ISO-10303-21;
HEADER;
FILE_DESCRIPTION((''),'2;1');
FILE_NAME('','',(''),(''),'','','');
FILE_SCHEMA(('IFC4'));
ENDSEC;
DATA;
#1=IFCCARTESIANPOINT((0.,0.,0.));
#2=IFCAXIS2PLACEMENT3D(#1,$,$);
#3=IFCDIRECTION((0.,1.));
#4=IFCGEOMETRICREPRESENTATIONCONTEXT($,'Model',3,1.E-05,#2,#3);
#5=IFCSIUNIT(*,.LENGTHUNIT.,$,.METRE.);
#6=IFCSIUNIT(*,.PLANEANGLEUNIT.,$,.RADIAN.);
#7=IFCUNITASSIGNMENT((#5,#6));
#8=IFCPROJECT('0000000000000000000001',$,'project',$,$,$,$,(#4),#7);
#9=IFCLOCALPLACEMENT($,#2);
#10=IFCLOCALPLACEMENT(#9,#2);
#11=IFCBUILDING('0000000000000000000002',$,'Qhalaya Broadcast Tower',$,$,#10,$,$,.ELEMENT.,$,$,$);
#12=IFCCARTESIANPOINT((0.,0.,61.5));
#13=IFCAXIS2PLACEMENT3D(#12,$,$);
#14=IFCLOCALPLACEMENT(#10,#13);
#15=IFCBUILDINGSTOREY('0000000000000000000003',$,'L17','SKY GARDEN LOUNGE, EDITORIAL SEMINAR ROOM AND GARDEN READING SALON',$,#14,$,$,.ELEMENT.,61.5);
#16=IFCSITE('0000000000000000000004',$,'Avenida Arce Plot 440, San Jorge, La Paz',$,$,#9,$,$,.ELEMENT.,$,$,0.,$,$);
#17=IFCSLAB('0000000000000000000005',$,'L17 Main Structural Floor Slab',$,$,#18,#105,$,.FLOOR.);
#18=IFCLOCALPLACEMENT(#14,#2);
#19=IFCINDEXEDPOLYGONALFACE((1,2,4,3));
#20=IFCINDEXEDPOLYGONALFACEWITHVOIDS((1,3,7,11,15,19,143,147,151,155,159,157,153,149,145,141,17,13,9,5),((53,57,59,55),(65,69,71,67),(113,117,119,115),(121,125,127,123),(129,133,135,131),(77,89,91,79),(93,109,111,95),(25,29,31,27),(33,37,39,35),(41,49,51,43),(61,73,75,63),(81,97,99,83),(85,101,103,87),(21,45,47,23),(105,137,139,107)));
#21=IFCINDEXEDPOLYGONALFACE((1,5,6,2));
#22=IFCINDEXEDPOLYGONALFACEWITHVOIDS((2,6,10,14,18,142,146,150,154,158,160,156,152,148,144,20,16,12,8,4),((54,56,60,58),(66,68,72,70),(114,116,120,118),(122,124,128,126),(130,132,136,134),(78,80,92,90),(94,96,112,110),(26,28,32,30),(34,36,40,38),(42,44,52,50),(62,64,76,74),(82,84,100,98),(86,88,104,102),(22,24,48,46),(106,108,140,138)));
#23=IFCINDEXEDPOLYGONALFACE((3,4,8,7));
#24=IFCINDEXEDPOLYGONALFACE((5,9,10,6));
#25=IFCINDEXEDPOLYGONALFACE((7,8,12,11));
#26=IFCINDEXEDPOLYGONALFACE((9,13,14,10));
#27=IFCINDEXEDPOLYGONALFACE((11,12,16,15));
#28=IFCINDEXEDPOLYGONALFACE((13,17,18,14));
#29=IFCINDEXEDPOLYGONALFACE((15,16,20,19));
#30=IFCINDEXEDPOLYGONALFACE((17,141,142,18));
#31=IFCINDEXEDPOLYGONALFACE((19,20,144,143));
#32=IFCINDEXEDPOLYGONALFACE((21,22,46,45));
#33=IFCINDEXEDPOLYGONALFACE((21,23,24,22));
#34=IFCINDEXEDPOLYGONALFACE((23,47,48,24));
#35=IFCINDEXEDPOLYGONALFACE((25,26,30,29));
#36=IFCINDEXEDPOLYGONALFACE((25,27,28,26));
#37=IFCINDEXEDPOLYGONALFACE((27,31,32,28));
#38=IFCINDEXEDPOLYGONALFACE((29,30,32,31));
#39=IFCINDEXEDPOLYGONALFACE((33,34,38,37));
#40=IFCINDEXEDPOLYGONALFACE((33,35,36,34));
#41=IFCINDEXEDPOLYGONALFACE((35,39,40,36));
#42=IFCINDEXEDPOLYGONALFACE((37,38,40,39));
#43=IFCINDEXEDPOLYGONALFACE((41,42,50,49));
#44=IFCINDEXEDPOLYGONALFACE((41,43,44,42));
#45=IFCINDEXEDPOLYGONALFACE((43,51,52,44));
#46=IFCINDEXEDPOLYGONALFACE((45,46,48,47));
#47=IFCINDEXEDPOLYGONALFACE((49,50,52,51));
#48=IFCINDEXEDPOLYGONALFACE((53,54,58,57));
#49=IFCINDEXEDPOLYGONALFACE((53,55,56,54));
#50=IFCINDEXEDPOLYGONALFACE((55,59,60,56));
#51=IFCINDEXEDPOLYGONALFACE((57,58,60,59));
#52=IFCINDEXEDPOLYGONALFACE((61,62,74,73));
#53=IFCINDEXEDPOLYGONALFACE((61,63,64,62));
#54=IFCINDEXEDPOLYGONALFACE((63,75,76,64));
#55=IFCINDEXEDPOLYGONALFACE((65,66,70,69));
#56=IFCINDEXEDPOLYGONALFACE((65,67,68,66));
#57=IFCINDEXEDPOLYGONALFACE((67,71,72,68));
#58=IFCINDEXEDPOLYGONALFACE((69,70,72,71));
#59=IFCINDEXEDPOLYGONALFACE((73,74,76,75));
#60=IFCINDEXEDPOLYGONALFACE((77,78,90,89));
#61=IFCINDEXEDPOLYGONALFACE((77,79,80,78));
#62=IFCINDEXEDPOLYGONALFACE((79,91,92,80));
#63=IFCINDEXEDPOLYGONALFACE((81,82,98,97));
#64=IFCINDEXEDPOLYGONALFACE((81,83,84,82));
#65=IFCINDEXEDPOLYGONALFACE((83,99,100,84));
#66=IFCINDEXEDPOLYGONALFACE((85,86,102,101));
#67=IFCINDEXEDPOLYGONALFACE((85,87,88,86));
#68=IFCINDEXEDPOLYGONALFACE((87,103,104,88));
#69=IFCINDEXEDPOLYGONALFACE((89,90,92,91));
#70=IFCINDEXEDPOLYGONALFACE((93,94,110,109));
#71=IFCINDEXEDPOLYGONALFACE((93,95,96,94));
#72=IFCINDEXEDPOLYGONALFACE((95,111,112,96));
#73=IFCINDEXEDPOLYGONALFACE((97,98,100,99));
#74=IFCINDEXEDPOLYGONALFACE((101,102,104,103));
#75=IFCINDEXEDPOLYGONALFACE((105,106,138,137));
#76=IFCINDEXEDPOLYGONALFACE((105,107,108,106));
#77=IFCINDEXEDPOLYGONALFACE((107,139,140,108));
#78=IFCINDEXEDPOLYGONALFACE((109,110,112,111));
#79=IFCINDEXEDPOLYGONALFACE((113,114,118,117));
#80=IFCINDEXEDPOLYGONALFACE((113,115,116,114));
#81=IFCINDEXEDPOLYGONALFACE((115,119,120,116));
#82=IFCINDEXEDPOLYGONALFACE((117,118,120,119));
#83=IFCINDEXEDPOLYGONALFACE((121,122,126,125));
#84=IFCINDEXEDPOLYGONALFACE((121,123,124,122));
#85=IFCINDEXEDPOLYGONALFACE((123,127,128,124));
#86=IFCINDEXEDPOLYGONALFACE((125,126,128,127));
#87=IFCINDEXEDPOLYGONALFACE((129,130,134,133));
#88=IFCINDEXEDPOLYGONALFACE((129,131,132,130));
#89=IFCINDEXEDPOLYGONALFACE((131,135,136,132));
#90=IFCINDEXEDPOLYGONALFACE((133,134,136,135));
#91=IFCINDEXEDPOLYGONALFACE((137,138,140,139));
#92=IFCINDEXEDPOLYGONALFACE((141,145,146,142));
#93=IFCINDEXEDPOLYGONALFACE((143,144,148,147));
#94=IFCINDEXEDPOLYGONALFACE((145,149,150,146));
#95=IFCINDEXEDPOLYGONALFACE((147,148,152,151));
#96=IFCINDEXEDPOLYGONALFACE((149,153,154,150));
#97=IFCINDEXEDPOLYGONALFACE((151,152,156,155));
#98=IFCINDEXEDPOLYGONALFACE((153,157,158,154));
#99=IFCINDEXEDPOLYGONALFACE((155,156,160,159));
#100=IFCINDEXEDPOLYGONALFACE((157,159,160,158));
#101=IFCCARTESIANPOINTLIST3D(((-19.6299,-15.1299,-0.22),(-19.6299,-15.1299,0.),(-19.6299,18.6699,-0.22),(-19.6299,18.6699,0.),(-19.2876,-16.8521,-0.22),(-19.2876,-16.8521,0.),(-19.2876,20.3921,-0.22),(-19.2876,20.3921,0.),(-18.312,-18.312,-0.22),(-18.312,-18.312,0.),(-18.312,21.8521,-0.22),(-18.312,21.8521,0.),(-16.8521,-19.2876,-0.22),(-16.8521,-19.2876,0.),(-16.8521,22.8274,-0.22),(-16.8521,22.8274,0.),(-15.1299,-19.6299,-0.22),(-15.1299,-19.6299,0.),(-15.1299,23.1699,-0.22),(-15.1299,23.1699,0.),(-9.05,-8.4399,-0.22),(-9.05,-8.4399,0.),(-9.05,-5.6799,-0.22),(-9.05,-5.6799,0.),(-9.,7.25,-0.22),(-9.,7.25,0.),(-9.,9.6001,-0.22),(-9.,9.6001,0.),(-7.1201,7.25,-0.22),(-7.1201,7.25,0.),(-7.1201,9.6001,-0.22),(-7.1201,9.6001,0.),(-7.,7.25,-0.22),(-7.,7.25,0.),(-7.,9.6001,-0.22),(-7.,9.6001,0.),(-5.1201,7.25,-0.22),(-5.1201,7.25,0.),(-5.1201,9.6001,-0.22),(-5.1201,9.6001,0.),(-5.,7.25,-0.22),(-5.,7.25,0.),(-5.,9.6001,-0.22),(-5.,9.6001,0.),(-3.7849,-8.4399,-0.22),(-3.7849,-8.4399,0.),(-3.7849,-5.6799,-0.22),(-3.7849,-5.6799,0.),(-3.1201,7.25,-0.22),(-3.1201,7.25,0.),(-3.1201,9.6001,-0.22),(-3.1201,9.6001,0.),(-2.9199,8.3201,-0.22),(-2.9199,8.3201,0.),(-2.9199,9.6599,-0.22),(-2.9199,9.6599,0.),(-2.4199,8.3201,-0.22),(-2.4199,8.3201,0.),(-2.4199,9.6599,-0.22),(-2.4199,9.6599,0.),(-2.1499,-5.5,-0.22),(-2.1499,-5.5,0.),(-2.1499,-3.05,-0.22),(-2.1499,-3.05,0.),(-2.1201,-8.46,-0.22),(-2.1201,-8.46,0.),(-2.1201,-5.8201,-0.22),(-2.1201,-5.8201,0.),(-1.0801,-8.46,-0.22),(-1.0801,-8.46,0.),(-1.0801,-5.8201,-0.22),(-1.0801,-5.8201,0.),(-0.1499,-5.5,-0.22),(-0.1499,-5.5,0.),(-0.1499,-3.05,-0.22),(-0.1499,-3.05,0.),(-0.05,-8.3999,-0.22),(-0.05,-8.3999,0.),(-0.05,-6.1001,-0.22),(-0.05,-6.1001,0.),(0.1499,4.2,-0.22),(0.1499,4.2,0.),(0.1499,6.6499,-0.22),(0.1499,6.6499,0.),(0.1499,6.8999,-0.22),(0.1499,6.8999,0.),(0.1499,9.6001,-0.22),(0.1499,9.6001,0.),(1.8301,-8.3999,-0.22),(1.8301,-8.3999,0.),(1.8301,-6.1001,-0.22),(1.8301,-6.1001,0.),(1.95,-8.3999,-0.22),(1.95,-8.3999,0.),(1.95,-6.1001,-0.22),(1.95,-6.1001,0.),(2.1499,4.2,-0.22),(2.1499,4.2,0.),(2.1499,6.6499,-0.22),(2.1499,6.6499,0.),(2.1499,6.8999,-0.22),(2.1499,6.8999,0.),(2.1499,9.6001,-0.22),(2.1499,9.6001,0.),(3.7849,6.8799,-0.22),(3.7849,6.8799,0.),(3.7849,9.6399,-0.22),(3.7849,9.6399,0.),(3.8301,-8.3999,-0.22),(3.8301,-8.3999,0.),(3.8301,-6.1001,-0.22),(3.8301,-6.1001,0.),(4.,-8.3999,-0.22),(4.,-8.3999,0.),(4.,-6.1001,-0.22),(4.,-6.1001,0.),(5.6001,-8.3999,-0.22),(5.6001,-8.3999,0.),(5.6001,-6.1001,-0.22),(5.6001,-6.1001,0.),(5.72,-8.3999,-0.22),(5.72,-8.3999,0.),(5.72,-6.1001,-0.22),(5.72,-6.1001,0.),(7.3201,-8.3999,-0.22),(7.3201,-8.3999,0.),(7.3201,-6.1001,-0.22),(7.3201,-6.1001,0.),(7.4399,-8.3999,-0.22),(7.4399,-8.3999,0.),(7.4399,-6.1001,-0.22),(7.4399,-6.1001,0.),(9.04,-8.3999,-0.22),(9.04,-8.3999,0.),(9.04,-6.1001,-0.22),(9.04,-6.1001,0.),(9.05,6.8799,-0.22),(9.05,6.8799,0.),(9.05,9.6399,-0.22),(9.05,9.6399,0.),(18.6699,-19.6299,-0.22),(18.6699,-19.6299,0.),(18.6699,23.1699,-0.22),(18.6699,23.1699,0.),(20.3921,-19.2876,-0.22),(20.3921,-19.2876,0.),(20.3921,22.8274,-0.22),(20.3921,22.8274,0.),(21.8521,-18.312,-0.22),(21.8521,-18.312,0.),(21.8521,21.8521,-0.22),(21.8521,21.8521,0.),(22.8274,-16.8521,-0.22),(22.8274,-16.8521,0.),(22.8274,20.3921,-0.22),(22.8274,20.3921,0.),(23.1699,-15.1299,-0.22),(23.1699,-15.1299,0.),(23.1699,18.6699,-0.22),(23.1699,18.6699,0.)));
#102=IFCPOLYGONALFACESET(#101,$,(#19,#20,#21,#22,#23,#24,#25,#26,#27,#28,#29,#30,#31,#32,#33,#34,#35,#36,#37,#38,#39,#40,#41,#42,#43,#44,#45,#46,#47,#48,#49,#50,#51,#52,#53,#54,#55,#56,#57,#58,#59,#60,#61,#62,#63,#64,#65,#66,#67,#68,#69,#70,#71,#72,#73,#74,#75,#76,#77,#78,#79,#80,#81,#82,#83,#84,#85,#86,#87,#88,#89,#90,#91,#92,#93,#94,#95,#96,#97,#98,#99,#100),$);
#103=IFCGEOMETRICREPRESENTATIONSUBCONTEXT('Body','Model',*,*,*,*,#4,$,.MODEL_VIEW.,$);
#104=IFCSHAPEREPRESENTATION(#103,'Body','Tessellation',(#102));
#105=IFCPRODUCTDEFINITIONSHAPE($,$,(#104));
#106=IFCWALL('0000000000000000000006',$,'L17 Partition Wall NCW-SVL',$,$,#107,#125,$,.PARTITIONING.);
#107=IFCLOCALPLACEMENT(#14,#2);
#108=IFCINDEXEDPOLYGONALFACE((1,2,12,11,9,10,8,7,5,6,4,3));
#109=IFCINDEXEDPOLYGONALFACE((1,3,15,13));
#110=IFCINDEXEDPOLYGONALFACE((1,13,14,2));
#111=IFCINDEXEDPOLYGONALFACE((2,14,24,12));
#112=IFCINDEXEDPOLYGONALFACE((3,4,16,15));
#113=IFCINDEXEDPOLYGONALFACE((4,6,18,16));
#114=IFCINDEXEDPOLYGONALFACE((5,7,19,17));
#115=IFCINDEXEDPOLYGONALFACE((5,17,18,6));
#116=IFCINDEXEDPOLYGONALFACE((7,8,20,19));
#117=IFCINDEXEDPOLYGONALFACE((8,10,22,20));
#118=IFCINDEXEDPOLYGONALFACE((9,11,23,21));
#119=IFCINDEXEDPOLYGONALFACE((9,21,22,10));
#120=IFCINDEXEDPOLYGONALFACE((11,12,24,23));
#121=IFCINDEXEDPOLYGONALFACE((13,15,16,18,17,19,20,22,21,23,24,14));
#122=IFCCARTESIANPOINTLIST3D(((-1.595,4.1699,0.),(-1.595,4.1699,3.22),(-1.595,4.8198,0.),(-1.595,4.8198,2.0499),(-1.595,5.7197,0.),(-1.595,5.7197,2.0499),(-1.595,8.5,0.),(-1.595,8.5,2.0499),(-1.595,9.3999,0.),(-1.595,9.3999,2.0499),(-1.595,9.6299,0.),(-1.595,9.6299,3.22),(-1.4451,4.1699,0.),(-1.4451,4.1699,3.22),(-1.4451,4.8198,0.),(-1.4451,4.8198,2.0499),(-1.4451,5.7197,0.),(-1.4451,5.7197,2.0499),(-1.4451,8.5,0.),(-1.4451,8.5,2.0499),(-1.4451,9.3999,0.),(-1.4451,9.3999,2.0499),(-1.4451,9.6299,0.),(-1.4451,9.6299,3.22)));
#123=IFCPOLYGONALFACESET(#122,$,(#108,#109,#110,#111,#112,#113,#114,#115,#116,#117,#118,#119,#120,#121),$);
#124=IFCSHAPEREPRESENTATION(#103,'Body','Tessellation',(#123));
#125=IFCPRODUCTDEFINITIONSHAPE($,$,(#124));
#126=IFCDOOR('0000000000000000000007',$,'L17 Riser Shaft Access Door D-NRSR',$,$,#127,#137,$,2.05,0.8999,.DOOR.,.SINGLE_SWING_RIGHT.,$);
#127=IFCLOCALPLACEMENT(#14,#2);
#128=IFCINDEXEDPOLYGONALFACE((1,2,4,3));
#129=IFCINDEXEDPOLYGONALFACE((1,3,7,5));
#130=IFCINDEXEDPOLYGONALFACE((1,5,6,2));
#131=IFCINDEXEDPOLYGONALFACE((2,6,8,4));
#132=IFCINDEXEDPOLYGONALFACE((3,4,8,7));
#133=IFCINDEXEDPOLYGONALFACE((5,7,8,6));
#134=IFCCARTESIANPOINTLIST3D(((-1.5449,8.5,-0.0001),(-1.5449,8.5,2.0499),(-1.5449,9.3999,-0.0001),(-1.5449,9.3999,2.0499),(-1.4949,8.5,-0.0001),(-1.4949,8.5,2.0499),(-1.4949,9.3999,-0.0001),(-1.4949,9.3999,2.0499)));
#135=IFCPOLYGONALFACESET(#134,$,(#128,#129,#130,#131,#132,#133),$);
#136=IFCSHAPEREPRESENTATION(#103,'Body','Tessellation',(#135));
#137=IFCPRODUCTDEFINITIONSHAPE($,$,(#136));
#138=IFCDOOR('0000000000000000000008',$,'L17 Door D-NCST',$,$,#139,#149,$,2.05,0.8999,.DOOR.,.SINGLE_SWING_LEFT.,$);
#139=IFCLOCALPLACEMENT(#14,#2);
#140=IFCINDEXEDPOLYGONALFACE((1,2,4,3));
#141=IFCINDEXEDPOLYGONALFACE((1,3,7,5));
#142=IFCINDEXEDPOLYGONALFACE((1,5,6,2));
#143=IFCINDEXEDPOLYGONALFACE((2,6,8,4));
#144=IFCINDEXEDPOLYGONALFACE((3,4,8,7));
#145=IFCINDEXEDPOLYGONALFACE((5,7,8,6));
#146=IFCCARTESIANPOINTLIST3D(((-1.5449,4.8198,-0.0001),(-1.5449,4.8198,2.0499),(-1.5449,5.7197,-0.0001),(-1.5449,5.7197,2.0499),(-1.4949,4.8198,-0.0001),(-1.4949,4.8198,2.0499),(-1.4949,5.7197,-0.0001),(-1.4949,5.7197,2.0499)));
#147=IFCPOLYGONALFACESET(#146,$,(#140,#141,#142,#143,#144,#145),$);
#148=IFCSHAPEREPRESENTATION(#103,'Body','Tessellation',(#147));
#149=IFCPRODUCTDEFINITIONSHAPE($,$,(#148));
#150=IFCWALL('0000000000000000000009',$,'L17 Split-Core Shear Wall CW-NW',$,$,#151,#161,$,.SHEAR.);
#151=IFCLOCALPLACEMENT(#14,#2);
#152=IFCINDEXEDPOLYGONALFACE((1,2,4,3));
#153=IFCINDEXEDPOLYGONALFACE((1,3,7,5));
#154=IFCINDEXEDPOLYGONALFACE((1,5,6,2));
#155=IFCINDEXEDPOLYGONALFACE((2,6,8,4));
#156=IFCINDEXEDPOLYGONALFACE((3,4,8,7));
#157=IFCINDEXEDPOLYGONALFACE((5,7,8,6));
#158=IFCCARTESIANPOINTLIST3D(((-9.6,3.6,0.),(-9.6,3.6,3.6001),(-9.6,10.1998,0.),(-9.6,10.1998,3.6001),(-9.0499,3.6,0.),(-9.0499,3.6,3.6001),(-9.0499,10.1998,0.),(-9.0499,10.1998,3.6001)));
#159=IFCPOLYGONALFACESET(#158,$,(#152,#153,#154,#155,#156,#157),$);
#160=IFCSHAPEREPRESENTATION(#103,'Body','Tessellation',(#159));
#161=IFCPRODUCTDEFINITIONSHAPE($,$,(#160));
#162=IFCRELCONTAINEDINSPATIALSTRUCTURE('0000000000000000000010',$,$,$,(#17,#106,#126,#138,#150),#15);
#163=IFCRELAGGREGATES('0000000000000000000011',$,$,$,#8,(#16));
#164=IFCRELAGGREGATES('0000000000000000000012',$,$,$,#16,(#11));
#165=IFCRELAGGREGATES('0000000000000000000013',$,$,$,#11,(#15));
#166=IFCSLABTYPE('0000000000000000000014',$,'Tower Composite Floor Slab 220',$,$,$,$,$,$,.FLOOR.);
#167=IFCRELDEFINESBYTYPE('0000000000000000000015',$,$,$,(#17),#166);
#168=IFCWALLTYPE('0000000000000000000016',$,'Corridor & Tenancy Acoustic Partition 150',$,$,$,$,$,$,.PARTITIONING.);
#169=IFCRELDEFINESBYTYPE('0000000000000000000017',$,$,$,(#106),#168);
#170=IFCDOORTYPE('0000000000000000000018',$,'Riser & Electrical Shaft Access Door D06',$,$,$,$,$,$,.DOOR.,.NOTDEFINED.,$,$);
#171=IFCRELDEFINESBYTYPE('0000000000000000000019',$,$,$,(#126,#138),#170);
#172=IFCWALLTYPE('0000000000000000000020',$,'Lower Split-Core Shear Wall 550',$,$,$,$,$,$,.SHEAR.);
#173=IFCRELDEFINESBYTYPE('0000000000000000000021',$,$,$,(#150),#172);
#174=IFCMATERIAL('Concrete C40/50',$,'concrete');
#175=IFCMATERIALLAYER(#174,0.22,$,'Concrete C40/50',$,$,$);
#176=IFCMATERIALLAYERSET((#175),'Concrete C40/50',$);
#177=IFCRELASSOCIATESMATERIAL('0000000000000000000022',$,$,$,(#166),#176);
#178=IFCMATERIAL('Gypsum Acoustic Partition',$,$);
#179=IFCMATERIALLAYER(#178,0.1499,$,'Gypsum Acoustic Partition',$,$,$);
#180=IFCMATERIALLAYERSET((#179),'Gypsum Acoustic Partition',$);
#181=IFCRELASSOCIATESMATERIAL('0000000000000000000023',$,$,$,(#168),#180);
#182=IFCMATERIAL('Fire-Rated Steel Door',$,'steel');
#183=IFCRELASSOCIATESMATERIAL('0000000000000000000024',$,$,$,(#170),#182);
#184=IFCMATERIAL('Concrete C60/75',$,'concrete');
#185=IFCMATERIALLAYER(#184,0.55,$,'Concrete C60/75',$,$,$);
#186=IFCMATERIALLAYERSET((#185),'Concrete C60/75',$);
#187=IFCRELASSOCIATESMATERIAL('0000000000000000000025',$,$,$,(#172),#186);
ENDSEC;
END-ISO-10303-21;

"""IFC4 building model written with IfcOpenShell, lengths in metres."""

from ifc_helpers import new_model, si_unit, direction, frame, frame_2d, origin, place, context, subcontext, project, spatial, polyline, rectangle, outline, extrude, material, layer, layer_set, type_object, element, fill, save


model = new_model("IFC4")

# Units and contexts
model_context = context("Model", 3, precision=1e-05, world=origin(), true_north=direction((0.0, 1.0)))
body_context = subcontext(model_context, "Body", "Model", "MODEL_VIEW")
ifc_project = project(units=[si_unit("LENGTHUNIT", "METRE"), si_unit("PLANEANGLEUNIT", "RADIAN")], contexts=[model_context])

# Site, building, storey
site_placement = place(None, origin())
site = spatial("IfcSite", under=ifc_project, at=site_placement, Name="Avenida Arce Plot 440, San Jorge, La Paz", CompositionType="ELEMENT", RefElevation=0.0)
building_placement = place(site_placement, origin())
building = spatial("IfcBuilding", under=site, at=building_placement, Name="Qhalaya Broadcast Tower", CompositionType="ELEMENT")
storey_placement = place(building_placement, frame((0.0, 0.0, 61.5)))
storey = spatial("IfcBuildingStorey", under=building, at=storey_placement, Name="L17", Description="SKY GARDEN LOUNGE, EDITORIAL SEMINAR ROOM AND GARDEN READING SALON", CompositionType="ELEMENT", Elevation=61.5)

# Shared definitions
ifc_material_1 = material(Name="Concrete C40/50", Category="concrete")

# Slab
ifc_layer_1 = layer(ifc_material_1, 0.22, Name="Concrete C40/50")
ifc_layer_set_1 = layer_set([ifc_layer_1], Name="Concrete C40/50")
slab_type_1 = type_object("IfcSlabType", Name="Tower Composite Floor Slab 220", PredefinedType="FLOOR", material=ifc_layer_set_1)
slab_1_placement = place(storey_placement, frame((0.0, 0.0, -0.22)))
element("IfcSlab", 1, at=slab_1_placement, inside=storey, type_object=slab_type_1, Name="L17 Main Structural Floor Slab", PredefinedType="FLOOR", context=body_context, shape_type="SweptSolid", body=[
    extrude(outline(polyline([(18.6699, -19.6299), (20.3921, -19.2876), (21.8521, -18.312), (22.8274, -16.8521), (23.1699, -15.1299), (23.1699, 18.6699), (22.8274, 20.3921), (21.8521, 21.8521), (20.3921, 22.8274), (18.6699, 23.1699), (-15.1299, 23.1699), (-16.8521, 22.8274), (-18.312, 21.8521), (-19.2876, 20.3921), (-19.6299, 18.6699), (-19.6299, -15.1299), (-19.2876, -16.8521), (-18.312, -18.312), (-16.8521, -19.2876), (-15.1299, -19.6299), (18.6699, -19.6299)]), holes=[polyline([(3.7849, 9.6399), (9.05, 9.6399), (9.05, 6.8799), (3.7849, 6.8799), (3.7849, 9.6399)]), polyline([(-3.7849, -8.4399), (-9.05, -8.4399), (-9.05, -5.6799), (-3.7849, -5.6799), (-3.7849, -8.4399)]), polyline([(0.1499, 6.6499), (2.1499, 6.6499), (2.1499, 4.2), (0.1499, 4.2), (0.1499, 6.6499)]), polyline([(0.1499, 9.6001), (2.1499, 9.6001), (2.1499, 6.8999), (0.1499, 6.8999), (0.1499, 9.6001)]), polyline([(-2.1499, -3.05), (-0.1499, -3.05), (-0.1499, -5.5), (-2.1499, -5.5), (-2.1499, -3.05)]), polyline([(-9.0, 9.6001), (-7.1201, 9.6001), (-7.1201, 7.25), (-9.0, 7.25), (-9.0, 9.6001)]), polyline([(-7.0, 9.6001), (-5.1201, 9.6001), (-5.1201, 7.25), (-7.0, 7.25), (-7.0, 9.6001)]), polyline([(-5.0, 9.6001), (-3.1201, 9.6001), (-3.1201, 7.25), (-5.0, 7.25), (-5.0, 9.6001)]), polyline([(-0.05, -6.1001), (1.8301, -6.1001), (1.8301, -8.3999), (-0.05, -8.3999), (-0.05, -6.1001)]), polyline([(1.95, -6.1001), (3.8301, -6.1001), (3.8301, -8.3999), (1.95, -8.3999), (1.95, -6.1001)]), polyline([(4.0, -6.1001), (5.6001, -6.1001), (5.6001, -8.3999), (4.0, -8.3999), (4.0, -6.1001)]), polyline([(5.72, -6.1001), (7.3201, -6.1001), (7.3201, -8.3999), (5.72, -8.3999), (5.72, -6.1001)]), polyline([(7.4399, -6.1001), (9.04, -6.1001), (9.04, -8.3999), (7.4399, -8.3999), (7.4399, -6.1001)]), polyline([(-2.9199, 9.6599), (-2.4199, 9.6599), (-2.4199, 8.3201), (-2.9199, 8.3201), (-2.9199, 9.6599)]), polyline([(-2.1201, -5.8201), (-1.0801, -5.8201), (-1.0801, -8.46), (-2.1201, -8.46), (-2.1201, -5.8201)])]), origin(), (0.0, 0.0, 1.0), 0.22),
])

# Wall, openings, doors
ifc_material_2 = material(Name="Gypsum Acoustic Partition")
ifc_layer_2 = layer(ifc_material_2, 0.1499, Name="Gypsum Acoustic Partition")
ifc_layer_set_2 = layer_set([ifc_layer_2], Name="Gypsum Acoustic Partition")
wall_type_1 = type_object("IfcWallType", Name="Corridor & Tenancy Acoustic Partition 150", PredefinedType="PARTITIONING", material=ifc_layer_set_2)
wall_1_placement = place(storey_placement, frame((-1.52, 4.1699, 0.0), z_axis=(0.0, 0.0, 1.0), x_axis=(0.0, 1.0, 0.0)))
wall_1 = element("IfcWall", 2, at=wall_1_placement, inside=storey, type_object=wall_type_1, Name="L17 Partition Wall NCW-SVL", PredefinedType="PARTITIONING", context=body_context, shape_type="SweptSolid", body=[
    extrude(rectangle(XDim=5.46, YDim=0.1499, at=frame_2d((2.73, 0.0))), origin(), (0.0, 0.0, 1.0), 3.22),
])
opening_1_placement = place(wall_1_placement, frame((4.3301, 0.0, 0.0)))
opening_1 = element("IfcOpeningElement", 3, at=opening_1_placement, cuts=wall_1, PredefinedType="OPENING", context=body_context, shape_type="SweptSolid", body=[
    extrude(rectangle(XDim=0.8999, YDim=2.05, at=frame_2d((0.45, 1.0249))), frame((0.0, 0.0869, 0.0), z_axis=(0.0, -1.0, 0.0), x_axis=(1.0, 0.0, 0.0)), (0.0, 0.0, 1.0), 0.1738),
])
opening_2_placement = place(wall_1_placement, frame((0.6499, 0.0, 0.0)))
opening_2 = element("IfcOpeningElement", 4, at=opening_2_placement, cuts=wall_1, PredefinedType="OPENING", context=body_context, shape_type="SweptSolid", body=[
    extrude(rectangle(XDim=0.8999, YDim=2.05, at=frame_2d((0.45, 1.0249))), frame((0.0, 0.0869, 0.0), z_axis=(0.0, -1.0, 0.0), x_axis=(1.0, 0.0, 0.0)), (0.0, 0.0, 1.0), 0.1738),
])
ifc_material_3 = material(Name="Fire-Rated Steel Door", Category="steel")
door_type_1 = type_object("IfcDoorType", Name="Riser & Electrical Shaft Access Door D06", OperationType="NOTDEFINED", PredefinedType="DOOR", material=ifc_material_3)
door_1_placement = place(opening_1_placement, origin())
door_1 = element("IfcDoor", 5, at=door_1_placement, inside=storey, type_object=door_type_1, Name="L17 Riser Shaft Access Door D-NRSR", OperationType="SINGLE_SWING_RIGHT", OverallHeight=2.05, OverallWidth=0.8999, PredefinedType="DOOR", context=body_context, shape_type="SweptSolid", body=[
    extrude(rectangle(XDim=0.8999, YDim=2.05, at=frame_2d((0.45, 1.0249))), frame((0.0, 0.0249, 0.0), z_axis=(0.0, -1.0, 0.0), x_axis=(1.0, 0.0, 0.0)), (0.0, 0.0, 1.0), 0.05),
])
fill(opening_1, door_1)
door_2_placement = place(opening_2_placement, origin())
door_2 = element("IfcDoor", 6, at=door_2_placement, inside=storey, type_object=door_type_1, Name="L17 Door D-NCST", OperationType="SINGLE_SWING_LEFT", OverallHeight=2.05, OverallWidth=0.8999, PredefinedType="DOOR", context=body_context, shape_type="SweptSolid", body=[
    extrude(rectangle(XDim=0.8999, YDim=2.05, at=frame_2d((0.45, 1.0249))), frame((0.0, 0.0249, 0.0), z_axis=(0.0, -1.0, 0.0), x_axis=(1.0, 0.0, 0.0)), (0.0, 0.0, 1.0), 0.05),
])
fill(opening_2, door_2)
ifc_material_4 = material(Name="Concrete C60/75", Category="concrete")
ifc_layer_3 = layer(ifc_material_4, 0.55, Name="Concrete C60/75")
ifc_layer_set_3 = layer_set([ifc_layer_3], Name="Concrete C60/75")
wall_type_2 = type_object("IfcWallType", Name="Lower Split-Core Shear Wall 550", PredefinedType="SHEAR", material=ifc_layer_set_3)

# Wall
wall_2_placement = place(storey_placement, frame((-9.325, 3.6001, 0.0), z_axis=(0.0, 0.0, 1.0), x_axis=(0.0, 1.0, 0.0)))
element("IfcWall", 7, at=wall_2_placement, inside=storey, type_object=wall_type_2, Name="L17 Split-Core Shear Wall CW-NW", PredefinedType="SHEAR", context=body_context, shape_type="SweptSolid", body=[
    extrude(rectangle(XDim=6.5999, YDim=0.55, at=frame_2d((3.2998, 0.0))), origin(), (0.0, 0.0, 1.0), 3.6001),
])

save(model, "model.ifc")
